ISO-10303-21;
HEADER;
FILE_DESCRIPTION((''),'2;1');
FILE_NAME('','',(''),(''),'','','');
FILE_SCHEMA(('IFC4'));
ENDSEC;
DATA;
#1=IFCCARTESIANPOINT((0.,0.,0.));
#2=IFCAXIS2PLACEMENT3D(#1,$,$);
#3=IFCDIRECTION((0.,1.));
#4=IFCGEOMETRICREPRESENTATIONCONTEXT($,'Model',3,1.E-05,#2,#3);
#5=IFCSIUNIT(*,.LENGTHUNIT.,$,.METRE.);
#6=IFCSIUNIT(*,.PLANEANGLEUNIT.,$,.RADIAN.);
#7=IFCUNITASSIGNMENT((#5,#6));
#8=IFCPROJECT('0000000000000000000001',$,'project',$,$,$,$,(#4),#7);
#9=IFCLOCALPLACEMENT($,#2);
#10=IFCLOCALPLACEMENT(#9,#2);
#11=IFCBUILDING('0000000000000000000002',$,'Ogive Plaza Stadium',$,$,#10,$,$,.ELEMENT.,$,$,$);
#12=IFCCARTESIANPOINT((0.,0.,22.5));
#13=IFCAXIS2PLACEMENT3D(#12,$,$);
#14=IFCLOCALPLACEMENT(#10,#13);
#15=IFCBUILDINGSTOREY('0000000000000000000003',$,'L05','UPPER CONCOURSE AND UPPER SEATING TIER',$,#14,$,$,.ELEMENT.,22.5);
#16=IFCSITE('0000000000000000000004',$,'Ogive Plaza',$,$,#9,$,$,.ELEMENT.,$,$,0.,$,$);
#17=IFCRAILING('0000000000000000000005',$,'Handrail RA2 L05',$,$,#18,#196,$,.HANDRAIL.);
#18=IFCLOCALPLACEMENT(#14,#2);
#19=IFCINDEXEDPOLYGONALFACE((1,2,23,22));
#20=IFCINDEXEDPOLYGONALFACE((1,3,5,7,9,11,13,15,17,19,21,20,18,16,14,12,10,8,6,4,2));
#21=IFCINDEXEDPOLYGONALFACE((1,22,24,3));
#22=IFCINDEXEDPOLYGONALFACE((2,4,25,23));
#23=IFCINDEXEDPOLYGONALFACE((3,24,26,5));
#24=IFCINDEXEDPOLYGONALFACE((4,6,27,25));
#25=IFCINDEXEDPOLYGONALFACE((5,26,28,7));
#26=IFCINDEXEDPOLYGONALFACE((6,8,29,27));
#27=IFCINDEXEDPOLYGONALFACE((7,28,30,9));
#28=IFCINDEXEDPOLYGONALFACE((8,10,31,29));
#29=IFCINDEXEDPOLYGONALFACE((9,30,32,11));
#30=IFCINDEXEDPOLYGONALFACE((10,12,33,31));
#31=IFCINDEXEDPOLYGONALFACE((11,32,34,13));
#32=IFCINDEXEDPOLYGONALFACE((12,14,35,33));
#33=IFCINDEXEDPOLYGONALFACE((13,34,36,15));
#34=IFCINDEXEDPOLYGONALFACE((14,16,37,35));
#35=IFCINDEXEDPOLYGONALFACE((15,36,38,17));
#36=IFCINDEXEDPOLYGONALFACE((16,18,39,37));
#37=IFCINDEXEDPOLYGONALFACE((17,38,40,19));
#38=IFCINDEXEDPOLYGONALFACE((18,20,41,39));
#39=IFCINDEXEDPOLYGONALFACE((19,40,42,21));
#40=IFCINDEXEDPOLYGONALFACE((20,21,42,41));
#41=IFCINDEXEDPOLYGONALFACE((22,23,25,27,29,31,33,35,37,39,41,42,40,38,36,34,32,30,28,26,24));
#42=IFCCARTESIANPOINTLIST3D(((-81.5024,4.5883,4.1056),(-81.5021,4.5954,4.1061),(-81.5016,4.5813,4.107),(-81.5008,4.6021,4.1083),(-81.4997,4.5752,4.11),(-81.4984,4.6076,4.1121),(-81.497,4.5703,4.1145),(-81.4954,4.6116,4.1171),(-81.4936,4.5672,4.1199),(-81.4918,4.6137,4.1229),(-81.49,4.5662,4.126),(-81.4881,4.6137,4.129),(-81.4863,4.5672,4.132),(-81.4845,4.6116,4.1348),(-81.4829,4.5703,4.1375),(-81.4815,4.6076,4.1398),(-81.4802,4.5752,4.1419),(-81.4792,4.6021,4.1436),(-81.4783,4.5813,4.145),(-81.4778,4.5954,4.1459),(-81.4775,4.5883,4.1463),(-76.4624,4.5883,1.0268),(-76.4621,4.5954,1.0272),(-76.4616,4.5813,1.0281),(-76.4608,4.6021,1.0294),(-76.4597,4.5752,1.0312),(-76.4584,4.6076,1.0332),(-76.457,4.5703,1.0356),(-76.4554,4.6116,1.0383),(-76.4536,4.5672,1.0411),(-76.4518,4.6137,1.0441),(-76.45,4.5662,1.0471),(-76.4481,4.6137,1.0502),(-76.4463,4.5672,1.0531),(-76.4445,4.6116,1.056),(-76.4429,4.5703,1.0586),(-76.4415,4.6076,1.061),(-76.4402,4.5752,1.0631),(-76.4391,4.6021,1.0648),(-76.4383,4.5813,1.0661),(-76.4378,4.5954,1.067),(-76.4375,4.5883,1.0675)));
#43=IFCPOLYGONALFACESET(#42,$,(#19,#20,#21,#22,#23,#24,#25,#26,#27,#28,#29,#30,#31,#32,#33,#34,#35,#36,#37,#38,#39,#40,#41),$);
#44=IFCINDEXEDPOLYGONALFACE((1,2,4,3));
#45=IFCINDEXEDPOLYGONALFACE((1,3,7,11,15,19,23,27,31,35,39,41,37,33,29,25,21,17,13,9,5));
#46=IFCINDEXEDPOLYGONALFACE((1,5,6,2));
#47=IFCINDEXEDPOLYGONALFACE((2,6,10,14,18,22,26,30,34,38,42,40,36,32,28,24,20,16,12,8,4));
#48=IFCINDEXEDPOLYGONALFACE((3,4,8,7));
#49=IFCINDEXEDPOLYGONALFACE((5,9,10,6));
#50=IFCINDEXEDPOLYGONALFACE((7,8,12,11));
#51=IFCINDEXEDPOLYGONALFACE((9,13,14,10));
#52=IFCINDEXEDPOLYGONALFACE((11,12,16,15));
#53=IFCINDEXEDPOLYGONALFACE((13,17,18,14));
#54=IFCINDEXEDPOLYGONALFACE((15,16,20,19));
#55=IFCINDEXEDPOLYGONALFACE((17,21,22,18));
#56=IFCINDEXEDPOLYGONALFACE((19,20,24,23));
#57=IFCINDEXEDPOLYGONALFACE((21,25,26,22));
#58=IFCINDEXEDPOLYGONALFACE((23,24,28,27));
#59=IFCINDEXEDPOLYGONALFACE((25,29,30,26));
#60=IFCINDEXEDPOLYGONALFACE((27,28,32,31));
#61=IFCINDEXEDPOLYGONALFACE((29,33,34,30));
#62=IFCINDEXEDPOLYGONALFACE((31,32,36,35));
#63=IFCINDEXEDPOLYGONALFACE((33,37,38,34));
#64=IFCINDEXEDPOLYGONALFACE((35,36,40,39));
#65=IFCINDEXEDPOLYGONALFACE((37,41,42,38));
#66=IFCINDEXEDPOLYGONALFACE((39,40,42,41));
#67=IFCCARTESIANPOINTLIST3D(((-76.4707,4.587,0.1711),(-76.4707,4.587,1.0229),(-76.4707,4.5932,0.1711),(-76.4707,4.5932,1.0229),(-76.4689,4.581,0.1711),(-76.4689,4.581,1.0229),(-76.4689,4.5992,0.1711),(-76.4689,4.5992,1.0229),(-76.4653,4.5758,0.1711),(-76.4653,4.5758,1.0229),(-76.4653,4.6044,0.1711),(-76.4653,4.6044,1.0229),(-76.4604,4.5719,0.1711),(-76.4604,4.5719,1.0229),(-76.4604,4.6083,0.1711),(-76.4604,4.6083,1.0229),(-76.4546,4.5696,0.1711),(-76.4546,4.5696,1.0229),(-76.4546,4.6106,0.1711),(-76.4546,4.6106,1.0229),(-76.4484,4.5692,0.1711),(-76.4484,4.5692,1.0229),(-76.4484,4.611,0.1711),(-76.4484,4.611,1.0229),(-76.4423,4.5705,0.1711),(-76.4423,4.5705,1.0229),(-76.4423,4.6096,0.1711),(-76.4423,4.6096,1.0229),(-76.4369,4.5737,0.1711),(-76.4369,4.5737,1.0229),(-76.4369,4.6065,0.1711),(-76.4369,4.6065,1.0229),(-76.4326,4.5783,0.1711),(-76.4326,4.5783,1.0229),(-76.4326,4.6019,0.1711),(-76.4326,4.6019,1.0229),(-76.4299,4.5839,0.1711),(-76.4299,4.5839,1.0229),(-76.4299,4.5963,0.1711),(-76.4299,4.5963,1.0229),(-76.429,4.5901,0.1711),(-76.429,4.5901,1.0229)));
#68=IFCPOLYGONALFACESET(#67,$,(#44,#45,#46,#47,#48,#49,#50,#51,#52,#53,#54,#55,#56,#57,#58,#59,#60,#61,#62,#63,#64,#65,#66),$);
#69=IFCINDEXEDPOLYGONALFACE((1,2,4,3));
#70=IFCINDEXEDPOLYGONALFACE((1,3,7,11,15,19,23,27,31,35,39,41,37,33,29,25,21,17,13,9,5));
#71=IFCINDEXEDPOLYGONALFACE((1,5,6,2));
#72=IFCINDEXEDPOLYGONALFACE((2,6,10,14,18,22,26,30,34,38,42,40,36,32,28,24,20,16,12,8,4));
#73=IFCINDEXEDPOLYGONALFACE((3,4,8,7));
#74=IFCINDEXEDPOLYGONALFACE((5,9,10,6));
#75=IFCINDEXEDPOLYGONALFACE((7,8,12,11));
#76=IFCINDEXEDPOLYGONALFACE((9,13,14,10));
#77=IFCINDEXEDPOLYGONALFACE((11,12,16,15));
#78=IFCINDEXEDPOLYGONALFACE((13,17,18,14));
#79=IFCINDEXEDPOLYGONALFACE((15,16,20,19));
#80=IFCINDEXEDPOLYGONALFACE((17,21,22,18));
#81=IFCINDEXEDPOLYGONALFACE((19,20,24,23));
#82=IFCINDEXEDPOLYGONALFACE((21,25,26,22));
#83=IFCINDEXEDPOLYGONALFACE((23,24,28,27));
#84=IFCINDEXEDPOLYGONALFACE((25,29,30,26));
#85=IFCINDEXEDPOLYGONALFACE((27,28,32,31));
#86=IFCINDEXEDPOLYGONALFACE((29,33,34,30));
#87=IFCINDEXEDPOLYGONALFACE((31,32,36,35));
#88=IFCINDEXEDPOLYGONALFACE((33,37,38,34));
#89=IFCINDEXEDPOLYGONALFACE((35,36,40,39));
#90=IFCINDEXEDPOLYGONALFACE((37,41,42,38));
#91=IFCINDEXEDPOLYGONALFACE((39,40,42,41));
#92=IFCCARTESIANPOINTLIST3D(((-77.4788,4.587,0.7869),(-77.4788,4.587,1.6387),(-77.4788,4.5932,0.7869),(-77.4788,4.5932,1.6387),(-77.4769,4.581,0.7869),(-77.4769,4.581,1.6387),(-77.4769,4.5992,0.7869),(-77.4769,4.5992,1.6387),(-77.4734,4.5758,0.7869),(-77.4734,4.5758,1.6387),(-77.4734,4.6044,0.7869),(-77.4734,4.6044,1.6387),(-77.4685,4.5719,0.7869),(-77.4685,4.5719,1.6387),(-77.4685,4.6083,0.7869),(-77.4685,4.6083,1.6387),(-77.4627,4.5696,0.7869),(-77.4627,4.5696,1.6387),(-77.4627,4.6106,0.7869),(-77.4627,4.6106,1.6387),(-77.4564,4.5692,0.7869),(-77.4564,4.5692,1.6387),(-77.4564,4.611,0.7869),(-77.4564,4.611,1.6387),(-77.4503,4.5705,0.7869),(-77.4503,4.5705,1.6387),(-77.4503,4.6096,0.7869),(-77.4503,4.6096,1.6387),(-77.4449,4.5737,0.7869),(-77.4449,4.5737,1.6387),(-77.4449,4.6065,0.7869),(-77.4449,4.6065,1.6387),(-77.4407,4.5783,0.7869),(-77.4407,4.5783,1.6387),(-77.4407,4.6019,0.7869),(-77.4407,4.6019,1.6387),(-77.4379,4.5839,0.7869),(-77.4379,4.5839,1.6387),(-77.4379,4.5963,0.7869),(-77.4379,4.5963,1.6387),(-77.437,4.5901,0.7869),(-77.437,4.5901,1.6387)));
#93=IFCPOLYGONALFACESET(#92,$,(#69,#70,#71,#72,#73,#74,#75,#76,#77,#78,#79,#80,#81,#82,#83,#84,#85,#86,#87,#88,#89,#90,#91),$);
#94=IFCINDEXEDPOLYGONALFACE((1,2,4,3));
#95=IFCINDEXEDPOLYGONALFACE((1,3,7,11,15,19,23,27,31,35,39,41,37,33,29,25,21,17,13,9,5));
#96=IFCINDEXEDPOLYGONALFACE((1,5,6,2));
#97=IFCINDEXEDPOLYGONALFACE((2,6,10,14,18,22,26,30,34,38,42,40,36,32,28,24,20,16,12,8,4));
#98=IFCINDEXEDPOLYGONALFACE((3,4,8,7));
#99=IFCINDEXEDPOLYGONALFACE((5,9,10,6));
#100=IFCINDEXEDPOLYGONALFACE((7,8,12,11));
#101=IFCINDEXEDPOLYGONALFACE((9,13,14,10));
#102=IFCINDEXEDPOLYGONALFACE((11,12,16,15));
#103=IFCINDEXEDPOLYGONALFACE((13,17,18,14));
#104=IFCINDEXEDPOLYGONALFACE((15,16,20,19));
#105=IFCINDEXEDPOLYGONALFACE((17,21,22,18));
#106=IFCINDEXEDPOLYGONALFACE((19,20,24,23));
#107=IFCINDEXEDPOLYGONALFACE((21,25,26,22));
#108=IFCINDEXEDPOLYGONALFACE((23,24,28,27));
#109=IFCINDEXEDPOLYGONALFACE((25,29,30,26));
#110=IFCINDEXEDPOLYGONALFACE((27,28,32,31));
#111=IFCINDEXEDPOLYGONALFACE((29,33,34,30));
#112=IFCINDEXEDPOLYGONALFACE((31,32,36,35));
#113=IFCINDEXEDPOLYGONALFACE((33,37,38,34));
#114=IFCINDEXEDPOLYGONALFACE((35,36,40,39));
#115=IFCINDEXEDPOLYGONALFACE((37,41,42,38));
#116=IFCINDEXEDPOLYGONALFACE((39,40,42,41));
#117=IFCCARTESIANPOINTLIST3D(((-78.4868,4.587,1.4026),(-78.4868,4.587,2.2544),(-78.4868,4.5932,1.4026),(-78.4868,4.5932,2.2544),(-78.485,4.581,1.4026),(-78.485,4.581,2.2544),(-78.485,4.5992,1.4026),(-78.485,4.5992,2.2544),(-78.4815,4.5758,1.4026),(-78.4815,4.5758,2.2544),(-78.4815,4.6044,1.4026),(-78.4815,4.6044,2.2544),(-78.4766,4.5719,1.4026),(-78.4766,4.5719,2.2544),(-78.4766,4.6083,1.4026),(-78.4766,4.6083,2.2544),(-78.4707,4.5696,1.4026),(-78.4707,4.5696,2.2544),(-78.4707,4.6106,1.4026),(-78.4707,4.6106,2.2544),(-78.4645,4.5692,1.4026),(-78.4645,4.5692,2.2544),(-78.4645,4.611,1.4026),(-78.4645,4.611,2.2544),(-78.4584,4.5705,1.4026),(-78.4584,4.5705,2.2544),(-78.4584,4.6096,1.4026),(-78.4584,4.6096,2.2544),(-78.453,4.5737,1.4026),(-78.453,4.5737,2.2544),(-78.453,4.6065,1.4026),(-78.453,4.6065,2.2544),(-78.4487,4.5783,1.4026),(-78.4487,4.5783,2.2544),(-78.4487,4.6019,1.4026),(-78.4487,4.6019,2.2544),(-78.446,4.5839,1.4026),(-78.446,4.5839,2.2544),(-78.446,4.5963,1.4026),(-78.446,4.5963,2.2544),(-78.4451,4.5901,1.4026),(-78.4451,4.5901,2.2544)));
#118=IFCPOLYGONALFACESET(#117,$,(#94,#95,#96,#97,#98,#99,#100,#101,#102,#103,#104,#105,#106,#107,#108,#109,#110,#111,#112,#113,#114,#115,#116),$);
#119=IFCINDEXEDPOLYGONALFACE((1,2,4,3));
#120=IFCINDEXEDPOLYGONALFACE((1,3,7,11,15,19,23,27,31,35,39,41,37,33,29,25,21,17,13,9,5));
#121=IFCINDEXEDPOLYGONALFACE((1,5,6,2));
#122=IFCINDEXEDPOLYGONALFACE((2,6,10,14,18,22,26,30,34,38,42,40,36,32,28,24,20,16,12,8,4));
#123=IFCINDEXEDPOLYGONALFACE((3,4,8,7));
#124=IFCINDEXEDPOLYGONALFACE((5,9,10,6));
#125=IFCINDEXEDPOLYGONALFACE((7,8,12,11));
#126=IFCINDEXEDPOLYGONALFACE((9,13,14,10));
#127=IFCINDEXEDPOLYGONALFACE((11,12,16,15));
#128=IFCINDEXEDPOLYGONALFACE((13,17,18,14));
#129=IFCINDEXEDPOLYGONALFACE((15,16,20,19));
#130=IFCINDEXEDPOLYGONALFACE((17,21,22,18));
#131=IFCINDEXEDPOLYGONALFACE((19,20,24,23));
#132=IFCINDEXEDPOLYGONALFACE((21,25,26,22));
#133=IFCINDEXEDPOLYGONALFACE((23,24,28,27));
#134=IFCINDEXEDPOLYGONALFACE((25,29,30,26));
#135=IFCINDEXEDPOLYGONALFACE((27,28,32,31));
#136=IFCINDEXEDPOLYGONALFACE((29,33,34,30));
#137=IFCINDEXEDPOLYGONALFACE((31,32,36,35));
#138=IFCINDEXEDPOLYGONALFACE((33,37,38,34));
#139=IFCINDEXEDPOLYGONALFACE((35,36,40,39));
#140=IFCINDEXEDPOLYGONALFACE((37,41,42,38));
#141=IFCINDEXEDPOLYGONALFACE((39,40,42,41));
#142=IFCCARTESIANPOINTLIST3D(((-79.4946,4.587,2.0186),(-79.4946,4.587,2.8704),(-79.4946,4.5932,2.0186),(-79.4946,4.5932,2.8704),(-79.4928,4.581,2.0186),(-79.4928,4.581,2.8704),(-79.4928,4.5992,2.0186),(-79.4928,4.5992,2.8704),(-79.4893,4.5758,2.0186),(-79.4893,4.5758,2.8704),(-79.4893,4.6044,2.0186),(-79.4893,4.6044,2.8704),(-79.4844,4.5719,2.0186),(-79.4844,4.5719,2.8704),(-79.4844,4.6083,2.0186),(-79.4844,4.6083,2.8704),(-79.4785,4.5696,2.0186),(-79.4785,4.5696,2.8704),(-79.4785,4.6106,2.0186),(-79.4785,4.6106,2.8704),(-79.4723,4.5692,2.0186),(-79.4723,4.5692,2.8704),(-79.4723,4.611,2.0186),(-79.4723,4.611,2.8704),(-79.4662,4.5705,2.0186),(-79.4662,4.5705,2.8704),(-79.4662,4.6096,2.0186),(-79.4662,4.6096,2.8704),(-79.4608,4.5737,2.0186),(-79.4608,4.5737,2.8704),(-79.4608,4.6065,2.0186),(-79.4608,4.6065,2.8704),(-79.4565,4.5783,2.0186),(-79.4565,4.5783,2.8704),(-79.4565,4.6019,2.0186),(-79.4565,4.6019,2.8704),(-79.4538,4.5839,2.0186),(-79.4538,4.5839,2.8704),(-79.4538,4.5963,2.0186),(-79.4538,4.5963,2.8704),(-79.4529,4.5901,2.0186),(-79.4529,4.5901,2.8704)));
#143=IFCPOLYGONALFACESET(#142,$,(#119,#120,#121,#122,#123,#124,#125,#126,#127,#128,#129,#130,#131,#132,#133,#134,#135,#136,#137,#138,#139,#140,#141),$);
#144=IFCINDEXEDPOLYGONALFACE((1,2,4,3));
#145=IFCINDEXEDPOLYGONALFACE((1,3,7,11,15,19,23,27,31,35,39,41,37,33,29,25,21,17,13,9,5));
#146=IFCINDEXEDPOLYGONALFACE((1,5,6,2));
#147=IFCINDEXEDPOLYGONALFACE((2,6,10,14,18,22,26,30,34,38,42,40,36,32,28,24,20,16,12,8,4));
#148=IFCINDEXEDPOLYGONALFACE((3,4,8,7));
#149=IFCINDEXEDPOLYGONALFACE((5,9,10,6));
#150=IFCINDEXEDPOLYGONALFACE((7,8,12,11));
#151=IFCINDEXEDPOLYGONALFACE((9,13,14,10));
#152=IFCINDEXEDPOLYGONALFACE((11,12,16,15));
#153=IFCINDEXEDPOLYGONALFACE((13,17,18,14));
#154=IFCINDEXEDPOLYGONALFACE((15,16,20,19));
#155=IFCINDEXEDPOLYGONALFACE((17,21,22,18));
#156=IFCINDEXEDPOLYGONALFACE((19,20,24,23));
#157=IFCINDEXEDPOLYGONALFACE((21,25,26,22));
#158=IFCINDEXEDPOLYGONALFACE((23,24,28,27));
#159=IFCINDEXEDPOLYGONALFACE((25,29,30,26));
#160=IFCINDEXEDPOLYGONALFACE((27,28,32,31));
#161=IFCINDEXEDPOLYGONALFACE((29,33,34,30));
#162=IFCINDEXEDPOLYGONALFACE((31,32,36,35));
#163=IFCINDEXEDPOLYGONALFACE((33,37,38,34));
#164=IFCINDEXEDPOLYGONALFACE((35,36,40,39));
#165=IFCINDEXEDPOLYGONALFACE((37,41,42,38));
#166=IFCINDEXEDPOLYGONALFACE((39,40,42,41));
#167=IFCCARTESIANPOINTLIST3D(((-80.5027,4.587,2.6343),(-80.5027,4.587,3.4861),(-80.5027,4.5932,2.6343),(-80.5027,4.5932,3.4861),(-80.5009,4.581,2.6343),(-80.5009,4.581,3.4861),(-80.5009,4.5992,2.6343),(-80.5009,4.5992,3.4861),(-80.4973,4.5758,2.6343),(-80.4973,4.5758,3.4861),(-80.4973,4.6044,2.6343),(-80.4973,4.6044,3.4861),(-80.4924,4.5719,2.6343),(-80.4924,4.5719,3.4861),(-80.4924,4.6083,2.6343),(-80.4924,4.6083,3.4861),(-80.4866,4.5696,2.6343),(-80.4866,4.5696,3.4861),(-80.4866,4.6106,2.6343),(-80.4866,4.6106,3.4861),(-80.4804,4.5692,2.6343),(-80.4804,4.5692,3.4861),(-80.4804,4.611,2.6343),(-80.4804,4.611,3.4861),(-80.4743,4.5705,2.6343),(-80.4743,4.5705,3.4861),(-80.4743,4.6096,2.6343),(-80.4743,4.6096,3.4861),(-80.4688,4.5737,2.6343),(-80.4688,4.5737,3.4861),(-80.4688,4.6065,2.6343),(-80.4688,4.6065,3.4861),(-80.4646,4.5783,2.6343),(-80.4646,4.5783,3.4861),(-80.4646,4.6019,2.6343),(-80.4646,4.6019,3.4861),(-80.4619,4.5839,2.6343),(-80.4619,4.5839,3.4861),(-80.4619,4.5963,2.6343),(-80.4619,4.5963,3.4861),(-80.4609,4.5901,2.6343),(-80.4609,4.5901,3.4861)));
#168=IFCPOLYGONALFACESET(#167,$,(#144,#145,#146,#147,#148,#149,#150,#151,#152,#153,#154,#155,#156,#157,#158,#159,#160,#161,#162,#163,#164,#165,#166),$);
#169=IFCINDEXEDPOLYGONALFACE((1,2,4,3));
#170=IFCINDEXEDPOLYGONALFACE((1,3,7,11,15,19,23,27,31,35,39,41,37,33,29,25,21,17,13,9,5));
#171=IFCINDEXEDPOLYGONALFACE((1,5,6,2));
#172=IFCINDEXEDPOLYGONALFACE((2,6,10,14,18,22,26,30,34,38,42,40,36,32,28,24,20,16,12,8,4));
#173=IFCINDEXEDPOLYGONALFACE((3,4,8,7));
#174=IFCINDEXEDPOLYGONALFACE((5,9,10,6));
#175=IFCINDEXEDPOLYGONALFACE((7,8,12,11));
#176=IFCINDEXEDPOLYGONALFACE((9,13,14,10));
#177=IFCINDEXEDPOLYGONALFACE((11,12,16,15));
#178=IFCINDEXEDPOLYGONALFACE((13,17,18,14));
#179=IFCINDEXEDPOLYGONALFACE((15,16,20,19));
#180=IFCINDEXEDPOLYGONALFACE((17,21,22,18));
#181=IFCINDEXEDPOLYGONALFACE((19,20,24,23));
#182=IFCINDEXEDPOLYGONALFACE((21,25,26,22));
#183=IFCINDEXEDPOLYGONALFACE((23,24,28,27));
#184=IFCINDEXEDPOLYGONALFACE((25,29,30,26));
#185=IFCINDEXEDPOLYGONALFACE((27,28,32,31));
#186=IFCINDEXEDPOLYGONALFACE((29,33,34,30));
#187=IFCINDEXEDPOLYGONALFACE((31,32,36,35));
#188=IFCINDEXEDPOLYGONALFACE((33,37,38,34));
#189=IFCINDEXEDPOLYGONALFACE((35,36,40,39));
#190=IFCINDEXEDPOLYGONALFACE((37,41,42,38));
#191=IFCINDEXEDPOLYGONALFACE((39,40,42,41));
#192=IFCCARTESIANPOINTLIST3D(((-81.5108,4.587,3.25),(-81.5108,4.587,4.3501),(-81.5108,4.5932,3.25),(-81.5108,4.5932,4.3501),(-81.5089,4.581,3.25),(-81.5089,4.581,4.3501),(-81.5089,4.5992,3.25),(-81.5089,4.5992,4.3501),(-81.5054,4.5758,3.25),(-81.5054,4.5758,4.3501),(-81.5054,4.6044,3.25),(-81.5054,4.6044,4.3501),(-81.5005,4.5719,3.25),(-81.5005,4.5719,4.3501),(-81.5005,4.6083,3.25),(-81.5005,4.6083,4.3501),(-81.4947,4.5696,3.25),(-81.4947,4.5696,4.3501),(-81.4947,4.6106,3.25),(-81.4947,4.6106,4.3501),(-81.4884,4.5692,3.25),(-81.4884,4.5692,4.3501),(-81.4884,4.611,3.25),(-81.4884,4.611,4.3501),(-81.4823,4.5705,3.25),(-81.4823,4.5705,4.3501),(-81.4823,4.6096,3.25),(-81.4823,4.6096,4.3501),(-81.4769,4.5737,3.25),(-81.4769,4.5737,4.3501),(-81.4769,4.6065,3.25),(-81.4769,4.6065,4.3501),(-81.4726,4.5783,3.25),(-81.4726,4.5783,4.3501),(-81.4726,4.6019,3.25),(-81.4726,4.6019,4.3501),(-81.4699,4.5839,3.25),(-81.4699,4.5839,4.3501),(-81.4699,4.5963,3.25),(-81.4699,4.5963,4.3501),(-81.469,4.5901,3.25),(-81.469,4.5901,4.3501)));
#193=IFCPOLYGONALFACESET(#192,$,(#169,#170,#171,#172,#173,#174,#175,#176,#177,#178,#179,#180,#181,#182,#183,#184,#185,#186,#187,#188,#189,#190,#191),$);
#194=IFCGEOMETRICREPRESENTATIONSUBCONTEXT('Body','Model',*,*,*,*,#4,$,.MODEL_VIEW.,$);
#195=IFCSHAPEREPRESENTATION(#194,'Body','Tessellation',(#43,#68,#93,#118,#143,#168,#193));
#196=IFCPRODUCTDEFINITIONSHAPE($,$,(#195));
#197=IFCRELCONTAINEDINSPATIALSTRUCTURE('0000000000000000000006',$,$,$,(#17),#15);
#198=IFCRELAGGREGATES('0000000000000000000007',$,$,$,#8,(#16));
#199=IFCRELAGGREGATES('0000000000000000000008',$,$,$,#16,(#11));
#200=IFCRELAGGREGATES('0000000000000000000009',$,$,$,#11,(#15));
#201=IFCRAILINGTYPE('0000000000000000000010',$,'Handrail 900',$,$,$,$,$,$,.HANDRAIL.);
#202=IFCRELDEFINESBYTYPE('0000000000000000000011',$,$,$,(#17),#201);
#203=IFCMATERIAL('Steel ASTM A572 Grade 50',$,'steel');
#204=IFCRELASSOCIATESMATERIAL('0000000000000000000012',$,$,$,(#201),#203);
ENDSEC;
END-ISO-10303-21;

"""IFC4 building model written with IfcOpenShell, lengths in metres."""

from ifc_helpers import new_model, si_unit, direction, frame, origin, origin_2d, place, context, subcontext, project, spatial, circle, extrude, material, type_object, element, save


model = new_model("IFC4")

# Units and contexts
model_context = context("Model", 3, precision=1e-05, world=origin(), true_north=direction((0.0, 1.0)))
body_context = subcontext(model_context, "Body", "Model", "MODEL_VIEW")
ifc_project = project(units=[si_unit("LENGTHUNIT", "METRE"), si_unit("PLANEANGLEUNIT", "RADIAN")], contexts=[model_context])

# Site, building, storey
site_placement = place(None, origin())
site = spatial("IfcSite", under=ifc_project, at=site_placement, Name="Ogive Plaza", CompositionType="ELEMENT", RefElevation=0.0)
building_placement = place(site_placement, origin())
building = spatial("IfcBuilding", under=site, at=building_placement, Name="Ogive Plaza Stadium", CompositionType="ELEMENT")
storey_placement = place(building_placement, frame((0.0, 0.0, 22.5)))
storey = spatial("IfcBuildingStorey", under=building, at=storey_placement, Name="L05", Description="UPPER CONCOURSE AND UPPER SEATING TIER", CompositionType="ELEMENT", Elevation=22.5)

# Railing
ifc_material_1 = material(Name="Steel ASTM A572 Grade 50", Category="steel")
railing_type_1 = type_object("IfcRailingType", Name="Handrail 900", PredefinedType="HANDRAIL", material=ifc_material_1)
for number, where, name in (
    (1, (-76.45, 4.5901, 0.1711), "Handrail RA2 L05"),
):
    element("IfcRailing", number, at=place(storey_placement, frame(where)), inside=storey, type_object=railing_type_1, Name=name, PredefinedType="HANDRAIL", context=body_context, shape_type="SweptSolid", body=[
        extrude(circle(Radius=0.0239, at=origin_2d()), frame((0.0, 0.0, 0.876), z_axis=(-0.85337, 0.0, 0.521306), x_axis=(0.0, -1.0, 0.0)), (0.0, 0.0, 1.0), 5.906),
        extrude(circle(Radius=0.021, at=origin_2d()), origin(), (0.0, 0.0, 1.0), 0.8518),
        extrude(circle(Radius=0.021, at=origin_2d()), frame((-1.0081, 0.0, 0.6157)), (0.0, 0.0, 1.0), 0.8518),
        extrude(circle(Radius=0.021, at=origin_2d()), frame((-2.0161, 0.0, 1.2314)), (0.0, 0.0, 1.0), 0.8518),
        extrude(circle(Radius=0.021, at=origin_2d()), frame((-3.0239, 0.0, 1.8474)), (0.0, 0.0, 1.0), 0.8518),
        extrude(circle(Radius=0.021, at=origin_2d()), frame((-4.032, 0.0, 2.4631)), (0.0, 0.0, 1.0), 0.8518),
        extrude(circle(Radius=0.021, at=origin_2d()), frame((-5.04, 0.0, 3.0789)), (0.0, 0.0, 1.0), 1.1001),
    ])

save(model, "model.ifc")
